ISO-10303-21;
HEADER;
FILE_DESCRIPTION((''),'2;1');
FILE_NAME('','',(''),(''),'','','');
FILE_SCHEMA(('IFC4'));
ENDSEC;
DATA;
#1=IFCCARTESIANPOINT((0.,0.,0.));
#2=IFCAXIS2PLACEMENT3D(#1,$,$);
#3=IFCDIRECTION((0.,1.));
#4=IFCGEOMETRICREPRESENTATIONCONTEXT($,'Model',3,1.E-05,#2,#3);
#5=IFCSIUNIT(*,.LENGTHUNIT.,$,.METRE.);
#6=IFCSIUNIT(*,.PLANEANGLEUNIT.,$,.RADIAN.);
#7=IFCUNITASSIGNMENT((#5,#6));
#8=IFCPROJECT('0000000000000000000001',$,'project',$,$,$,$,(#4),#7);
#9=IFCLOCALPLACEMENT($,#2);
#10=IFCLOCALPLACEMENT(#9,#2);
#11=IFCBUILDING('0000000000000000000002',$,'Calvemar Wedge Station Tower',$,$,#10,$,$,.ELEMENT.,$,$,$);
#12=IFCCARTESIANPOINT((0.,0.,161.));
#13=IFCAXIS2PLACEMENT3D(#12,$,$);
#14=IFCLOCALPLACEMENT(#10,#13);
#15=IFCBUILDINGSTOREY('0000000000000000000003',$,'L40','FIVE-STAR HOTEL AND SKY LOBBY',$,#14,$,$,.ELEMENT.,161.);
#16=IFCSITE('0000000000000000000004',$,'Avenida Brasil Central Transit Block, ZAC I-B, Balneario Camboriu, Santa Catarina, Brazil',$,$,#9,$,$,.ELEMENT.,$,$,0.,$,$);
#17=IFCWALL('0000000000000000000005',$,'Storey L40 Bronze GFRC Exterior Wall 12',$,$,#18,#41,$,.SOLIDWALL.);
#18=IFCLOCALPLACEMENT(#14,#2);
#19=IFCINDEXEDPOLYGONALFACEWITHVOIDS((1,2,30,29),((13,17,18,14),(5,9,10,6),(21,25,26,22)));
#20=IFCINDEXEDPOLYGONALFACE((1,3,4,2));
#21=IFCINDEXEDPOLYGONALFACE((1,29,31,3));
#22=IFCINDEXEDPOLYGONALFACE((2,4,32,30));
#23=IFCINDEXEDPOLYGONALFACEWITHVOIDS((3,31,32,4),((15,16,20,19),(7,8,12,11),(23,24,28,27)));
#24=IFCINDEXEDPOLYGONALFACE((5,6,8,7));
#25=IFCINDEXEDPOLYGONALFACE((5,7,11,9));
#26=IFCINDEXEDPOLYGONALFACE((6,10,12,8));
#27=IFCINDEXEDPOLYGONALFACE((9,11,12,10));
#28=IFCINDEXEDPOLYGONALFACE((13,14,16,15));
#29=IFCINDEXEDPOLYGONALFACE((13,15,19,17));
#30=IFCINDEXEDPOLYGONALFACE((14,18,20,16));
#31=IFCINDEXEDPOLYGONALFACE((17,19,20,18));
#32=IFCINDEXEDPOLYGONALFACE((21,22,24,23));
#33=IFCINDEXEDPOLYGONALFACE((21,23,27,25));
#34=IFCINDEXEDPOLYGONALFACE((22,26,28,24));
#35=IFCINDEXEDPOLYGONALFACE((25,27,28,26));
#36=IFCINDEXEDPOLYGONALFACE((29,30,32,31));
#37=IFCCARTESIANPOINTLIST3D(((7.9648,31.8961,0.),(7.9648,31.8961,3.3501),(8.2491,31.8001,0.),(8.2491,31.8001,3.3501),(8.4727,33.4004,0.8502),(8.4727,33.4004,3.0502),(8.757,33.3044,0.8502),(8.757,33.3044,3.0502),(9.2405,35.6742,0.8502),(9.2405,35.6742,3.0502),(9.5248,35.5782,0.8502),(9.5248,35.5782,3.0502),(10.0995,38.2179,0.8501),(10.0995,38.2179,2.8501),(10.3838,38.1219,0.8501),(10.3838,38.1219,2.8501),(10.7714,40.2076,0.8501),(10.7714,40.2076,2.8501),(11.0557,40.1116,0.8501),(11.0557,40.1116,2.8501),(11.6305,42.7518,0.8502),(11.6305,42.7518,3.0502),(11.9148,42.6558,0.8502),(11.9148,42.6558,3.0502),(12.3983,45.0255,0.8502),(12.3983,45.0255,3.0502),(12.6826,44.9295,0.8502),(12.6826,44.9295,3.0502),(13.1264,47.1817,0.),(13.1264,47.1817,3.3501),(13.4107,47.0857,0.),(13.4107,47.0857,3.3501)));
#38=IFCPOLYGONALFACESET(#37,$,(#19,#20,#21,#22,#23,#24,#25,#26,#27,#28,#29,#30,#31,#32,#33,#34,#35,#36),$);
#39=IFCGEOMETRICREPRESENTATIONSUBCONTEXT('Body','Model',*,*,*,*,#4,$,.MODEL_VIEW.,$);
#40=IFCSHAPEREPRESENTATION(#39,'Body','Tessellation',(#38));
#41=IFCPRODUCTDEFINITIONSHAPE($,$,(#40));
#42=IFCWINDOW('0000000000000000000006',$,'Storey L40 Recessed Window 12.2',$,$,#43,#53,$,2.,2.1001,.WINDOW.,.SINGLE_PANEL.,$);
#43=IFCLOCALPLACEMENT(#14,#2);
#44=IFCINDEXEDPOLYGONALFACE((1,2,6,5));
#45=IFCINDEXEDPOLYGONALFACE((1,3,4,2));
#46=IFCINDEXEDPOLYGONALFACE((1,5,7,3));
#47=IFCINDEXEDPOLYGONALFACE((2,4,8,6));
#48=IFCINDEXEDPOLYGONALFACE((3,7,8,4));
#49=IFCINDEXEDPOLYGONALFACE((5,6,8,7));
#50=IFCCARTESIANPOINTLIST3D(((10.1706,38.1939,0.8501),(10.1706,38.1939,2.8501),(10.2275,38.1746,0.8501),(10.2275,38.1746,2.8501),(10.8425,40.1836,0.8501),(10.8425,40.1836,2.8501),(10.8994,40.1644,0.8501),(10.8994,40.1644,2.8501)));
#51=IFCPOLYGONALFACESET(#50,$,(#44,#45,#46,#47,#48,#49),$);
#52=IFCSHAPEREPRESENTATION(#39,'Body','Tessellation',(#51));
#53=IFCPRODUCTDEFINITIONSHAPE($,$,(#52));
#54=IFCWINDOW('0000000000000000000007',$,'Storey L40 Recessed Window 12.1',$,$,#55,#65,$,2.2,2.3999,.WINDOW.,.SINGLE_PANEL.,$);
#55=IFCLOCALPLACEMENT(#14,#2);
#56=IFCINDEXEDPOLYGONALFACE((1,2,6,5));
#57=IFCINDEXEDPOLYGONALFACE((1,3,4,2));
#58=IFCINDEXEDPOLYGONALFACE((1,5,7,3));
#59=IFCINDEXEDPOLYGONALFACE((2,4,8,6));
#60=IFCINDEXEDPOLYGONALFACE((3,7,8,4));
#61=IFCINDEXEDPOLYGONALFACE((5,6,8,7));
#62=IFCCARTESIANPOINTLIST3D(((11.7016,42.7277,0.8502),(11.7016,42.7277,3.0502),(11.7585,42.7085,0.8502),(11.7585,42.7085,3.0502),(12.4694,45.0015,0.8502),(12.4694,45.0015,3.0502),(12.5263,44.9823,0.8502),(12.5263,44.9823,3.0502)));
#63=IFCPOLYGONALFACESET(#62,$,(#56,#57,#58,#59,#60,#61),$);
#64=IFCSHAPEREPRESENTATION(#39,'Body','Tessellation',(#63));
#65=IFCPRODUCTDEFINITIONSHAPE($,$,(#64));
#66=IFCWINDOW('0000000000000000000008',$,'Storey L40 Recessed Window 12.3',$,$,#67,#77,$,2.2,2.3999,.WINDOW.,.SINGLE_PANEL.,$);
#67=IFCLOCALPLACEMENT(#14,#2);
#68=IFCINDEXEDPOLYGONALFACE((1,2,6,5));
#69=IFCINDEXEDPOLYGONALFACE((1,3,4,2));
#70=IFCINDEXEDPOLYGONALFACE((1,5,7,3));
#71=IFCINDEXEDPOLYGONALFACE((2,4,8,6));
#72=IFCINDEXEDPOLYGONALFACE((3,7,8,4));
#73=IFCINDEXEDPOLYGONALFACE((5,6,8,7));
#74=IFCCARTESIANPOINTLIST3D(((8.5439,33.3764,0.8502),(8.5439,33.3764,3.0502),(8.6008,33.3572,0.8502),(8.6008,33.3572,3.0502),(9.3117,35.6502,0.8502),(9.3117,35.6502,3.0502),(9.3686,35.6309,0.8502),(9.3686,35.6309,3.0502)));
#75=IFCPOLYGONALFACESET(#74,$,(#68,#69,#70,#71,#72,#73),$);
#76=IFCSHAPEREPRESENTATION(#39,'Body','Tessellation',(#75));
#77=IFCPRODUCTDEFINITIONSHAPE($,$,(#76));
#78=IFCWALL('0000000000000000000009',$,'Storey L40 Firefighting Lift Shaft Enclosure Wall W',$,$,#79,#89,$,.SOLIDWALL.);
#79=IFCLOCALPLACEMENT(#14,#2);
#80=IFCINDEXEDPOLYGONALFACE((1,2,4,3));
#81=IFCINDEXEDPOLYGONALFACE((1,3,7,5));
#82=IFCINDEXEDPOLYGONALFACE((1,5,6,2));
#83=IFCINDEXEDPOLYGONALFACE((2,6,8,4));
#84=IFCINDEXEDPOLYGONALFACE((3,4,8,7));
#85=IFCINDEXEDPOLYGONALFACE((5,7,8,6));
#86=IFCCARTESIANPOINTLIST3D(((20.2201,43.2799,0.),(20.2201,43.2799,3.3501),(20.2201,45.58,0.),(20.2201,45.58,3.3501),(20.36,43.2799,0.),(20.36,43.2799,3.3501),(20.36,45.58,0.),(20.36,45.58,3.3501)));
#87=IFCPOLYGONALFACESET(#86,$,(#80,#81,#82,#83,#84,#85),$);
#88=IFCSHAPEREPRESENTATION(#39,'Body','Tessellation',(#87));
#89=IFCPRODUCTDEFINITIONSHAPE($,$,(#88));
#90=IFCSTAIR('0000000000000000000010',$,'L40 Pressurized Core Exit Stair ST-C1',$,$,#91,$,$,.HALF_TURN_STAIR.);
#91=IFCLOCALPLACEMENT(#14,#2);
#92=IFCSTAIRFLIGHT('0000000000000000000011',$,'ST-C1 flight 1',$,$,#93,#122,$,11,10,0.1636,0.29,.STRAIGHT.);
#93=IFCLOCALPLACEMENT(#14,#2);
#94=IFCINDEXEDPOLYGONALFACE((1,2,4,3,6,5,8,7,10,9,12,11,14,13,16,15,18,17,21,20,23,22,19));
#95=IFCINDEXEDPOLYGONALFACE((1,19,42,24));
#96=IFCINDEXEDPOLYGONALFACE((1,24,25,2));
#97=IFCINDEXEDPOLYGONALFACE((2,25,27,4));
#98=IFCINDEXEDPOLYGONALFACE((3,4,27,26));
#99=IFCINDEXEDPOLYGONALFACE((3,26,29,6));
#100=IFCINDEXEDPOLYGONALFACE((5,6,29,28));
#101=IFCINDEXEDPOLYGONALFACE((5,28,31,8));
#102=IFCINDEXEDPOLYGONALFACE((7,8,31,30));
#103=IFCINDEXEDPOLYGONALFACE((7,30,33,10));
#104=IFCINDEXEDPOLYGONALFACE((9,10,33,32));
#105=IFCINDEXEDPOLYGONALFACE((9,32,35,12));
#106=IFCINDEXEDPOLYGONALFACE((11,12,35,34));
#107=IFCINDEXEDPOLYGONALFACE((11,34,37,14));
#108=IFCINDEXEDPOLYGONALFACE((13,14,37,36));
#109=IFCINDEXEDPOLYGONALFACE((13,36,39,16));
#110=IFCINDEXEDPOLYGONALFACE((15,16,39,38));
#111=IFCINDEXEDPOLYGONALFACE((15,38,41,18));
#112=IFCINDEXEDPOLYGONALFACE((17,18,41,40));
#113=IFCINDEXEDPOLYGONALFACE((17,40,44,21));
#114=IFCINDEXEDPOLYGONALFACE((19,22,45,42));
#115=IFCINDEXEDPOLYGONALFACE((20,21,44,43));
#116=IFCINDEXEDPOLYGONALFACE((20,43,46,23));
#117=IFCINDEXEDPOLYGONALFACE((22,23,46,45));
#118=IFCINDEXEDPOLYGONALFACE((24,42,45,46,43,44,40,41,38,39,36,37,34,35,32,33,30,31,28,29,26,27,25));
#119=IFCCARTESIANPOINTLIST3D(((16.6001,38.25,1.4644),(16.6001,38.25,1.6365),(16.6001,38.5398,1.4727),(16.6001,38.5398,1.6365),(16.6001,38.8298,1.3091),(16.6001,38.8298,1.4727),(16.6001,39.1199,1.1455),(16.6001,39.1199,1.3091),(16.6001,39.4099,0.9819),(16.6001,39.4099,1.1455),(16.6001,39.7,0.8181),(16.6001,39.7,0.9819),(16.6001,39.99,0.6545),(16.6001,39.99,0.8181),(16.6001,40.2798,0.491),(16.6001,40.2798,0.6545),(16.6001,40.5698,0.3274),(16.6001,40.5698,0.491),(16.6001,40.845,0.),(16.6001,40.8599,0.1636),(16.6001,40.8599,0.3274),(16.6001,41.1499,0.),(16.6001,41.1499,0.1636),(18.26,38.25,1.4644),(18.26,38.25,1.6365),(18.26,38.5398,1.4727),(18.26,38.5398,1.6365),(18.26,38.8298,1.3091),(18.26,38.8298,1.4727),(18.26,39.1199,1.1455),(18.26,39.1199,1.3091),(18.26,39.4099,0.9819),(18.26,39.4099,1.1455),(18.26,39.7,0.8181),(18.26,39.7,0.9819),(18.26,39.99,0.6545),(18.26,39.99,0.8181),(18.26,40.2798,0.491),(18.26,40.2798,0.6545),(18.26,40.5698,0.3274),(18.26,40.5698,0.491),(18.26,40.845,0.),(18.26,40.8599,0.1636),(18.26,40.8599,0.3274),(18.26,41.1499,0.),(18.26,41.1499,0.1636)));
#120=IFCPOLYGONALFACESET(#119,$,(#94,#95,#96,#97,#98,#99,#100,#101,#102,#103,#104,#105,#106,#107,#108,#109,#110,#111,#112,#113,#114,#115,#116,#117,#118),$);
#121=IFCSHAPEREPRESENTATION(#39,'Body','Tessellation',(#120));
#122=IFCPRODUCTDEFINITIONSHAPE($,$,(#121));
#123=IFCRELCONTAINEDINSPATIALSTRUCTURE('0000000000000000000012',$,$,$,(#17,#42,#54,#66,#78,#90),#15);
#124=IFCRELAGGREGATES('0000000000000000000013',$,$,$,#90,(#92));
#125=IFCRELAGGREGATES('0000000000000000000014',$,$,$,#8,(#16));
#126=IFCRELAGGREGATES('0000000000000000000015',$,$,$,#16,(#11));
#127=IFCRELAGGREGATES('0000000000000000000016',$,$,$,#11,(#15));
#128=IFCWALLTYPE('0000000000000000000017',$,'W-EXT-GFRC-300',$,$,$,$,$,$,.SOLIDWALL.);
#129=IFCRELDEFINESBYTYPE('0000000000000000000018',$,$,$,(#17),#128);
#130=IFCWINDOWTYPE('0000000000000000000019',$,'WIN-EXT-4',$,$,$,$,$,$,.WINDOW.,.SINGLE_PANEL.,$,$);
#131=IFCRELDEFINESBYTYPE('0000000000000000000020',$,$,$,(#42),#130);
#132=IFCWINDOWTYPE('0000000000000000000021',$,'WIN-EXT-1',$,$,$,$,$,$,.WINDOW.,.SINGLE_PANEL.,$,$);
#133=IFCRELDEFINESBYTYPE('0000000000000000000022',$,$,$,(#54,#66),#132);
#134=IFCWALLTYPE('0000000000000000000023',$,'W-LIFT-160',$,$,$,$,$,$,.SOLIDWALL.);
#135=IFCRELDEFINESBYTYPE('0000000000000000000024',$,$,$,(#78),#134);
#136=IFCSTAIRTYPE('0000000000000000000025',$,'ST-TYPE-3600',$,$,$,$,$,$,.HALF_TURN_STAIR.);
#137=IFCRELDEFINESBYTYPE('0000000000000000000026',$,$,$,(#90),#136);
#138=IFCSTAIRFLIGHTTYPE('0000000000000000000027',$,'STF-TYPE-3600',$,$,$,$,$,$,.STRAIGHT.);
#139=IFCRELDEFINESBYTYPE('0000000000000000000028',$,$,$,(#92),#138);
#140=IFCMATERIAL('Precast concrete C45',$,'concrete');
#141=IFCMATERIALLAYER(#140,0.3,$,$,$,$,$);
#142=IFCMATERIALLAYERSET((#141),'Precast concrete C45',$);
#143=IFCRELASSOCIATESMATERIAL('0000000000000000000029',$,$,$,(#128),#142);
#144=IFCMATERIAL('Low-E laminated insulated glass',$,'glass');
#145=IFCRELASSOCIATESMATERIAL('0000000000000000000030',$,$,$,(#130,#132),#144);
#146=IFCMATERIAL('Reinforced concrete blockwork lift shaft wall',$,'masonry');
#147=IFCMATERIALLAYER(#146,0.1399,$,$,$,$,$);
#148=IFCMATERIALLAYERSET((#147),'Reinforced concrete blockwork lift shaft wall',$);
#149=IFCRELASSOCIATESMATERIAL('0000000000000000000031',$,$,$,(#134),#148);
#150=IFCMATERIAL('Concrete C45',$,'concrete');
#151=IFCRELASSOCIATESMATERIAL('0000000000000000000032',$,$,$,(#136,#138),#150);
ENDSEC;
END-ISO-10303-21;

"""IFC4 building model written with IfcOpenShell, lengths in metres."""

from ifc_helpers import new_model, si_unit, direction, frame, frame_2d, origin, place, context, subcontext, project, spatial, polyline, rectangle, outline, extrude, source, transform, mapped, material, layer, layer_set, type_object, element, fill, aggregate, save


model = new_model("IFC4")

# Units and contexts
model_context = context("Model", 3, precision=1e-05, world=origin(), true_north=direction((0.0, 1.0)))
body_context = subcontext(model_context, "Body", "Model", "MODEL_VIEW")
ifc_project = project(units=[si_unit("LENGTHUNIT", "METRE"), si_unit("PLANEANGLEUNIT", "RADIAN")], contexts=[model_context])

# Site, building, storey
site_placement = place(None, origin())
site = spatial("IfcSite", under=ifc_project, at=site_placement, Name="Avenida Brasil Central Transit Block, ZAC I-B, Balneario Camboriu, Santa Catarina, Brazil", CompositionType="ELEMENT", RefElevation=0.0)
building_placement = place(site_placement, origin())
building = spatial("IfcBuilding", under=site, at=building_placement, Name="Calvemar Wedge Station Tower", CompositionType="ELEMENT")
storey_placement = place(building_placement, frame((0.0, 0.0, 161.0)))
storey = spatial("IfcBuildingStorey", under=building, at=storey_placement, Name="L40", Description="FIVE-STAR HOTEL AND SKY LOBBY", CompositionType="ELEMENT", Elevation=161.0)

# Shared definitions
ifc_material_1 = material(Name="Precast concrete C45", Category="concrete")

# Wall, openings, windows
ifc_layer_1 = layer(ifc_material_1, 0.3)
ifc_layer_set_1 = layer_set([ifc_layer_1], Name="Precast concrete C45")
wall_type_1 = type_object("IfcWallType", Name="W-EXT-GFRC-300", PredefinedType="SOLIDWALL", material=ifc_layer_set_1)
shared_shape_1 = source(origin(), body_context, "Body", "SweptSolid", [
    extrude(rectangle(XDim=2.1001, YDim=2.0, at=frame_2d((1.05, 1.0))), frame((0.0, 0.1602, 0.0), z_axis=(0.0, -1.0, 0.0), x_axis=(1.0, 0.0, 0.0)), (0.0, 0.0, 1.0), 0.3201),
])
ifc_material_2 = material(Name="Low-E laminated insulated glass", Category="glass")
window_type_1 = type_object("IfcWindowType", Name="WIN-EXT-4", PartitioningType="SINGLE_PANEL", PredefinedType="WINDOW", material=ifc_material_2)
shared_shape_2 = source(origin(), body_context, "Body", "SweptSolid", [
    extrude(rectangle(XDim=2.1001, YDim=2.0, at=frame_2d((1.05, 1.0))), frame((0.0, -0.0149, 0.0), z_axis=(0.0, -1.0, 0.0), x_axis=(1.0, 0.0, 0.0)), (0.0, 0.0, 1.0), 0.0601),
])
wall_1_placement = place(storey_placement, frame((13.2686, 47.1338, 0.0), z_axis=(0.0, 0.0, 1.0), x_axis=(-0.31993, -0.947441, 0.0)))
wall_1 = element("IfcWall", 1, at=wall_1_placement, inside=storey, type_object=wall_type_1, Name="Storey L40 Bronze GFRC Exterior Wall 12", PredefinedType="SOLIDWALL", context=body_context, shape_type="SweptSolid", body=[
    extrude(rectangle(XDim=16.1335, YDim=0.3, at=frame_2d((8.0669, 0.0))), origin(), (0.0, 0.0, 1.0), 3.3501),
])
shared_shape_3 = source(origin(), body_context, "Body", "SweptSolid", [
    extrude(rectangle(XDim=2.3999, YDim=2.2, at=frame_2d((1.2, 1.1001))), frame((0.0, 0.1602, 0.0), z_axis=(0.0, -1.0, 0.0), x_axis=(1.0, 0.0, 0.0)), (0.0, 0.0, 1.0), 0.3201),
])
opening_1_placement = place(wall_1_placement, frame((2.2759, 0.0, 0.8501)))
opening_1 = element("IfcOpeningElement", 2, at=opening_1_placement, cuts=wall_1, PredefinedType="OPENING", context=body_context, shape_type="MappedRepresentation", body=[
    mapped(shared_shape_3, transform((0.0, 0.0, 0.0), scale=1.0)),
])
opening_2_placement = place(wall_1_placement, frame((7.3611, 0.0, 0.8501)))
opening_2 = element("IfcOpeningElement", 3, at=opening_2_placement, cuts=wall_1, PredefinedType="OPENING", context=body_context, shape_type="MappedRepresentation", body=[
    mapped(shared_shape_1, transform((0.0, 0.0, 0.0), scale=1.0)),
])
opening_3_placement = place(wall_1_placement, frame((12.146, 0.0, 0.8501)))
opening_3 = element("IfcOpeningElement", 4, at=opening_3_placement, cuts=wall_1, PredefinedType="OPENING", context=body_context, shape_type="MappedRepresentation", body=[
    mapped(shared_shape_3, transform((0.0, 0.0, 0.0), scale=1.0)),
])
window_1_placement = place(opening_2_placement, origin())
window_1 = element("IfcWindow", 5, at=window_1_placement, inside=storey, type_object=window_type_1, Name="Storey L40 Recessed Window 12.2", OverallHeight=2.0, OverallWidth=2.1001, PartitioningType="SINGLE_PANEL", PredefinedType="WINDOW", context=body_context, shape_type="MappedRepresentation", body=[
    mapped(shared_shape_2, transform((0.0, 0.0, 0.0), scale=1.0)),
])
fill(opening_2, window_1)
window_type_2 = type_object("IfcWindowType", Name="WIN-EXT-1", PartitioningType="SINGLE_PANEL", PredefinedType="WINDOW", material=ifc_material_2)
shared_shape_4 = source(origin(), body_context, "Body", "SweptSolid", [
    extrude(rectangle(XDim=2.3999, YDim=2.2, at=frame_2d((1.2, 1.1001))), frame((0.0, -0.0149, 0.0), z_axis=(0.0, -1.0, 0.0), x_axis=(1.0, 0.0, 0.0)), (0.0, 0.0, 1.0), 0.0601),
])
window_2_placement = place(opening_1_placement, origin())
window_2 = element("IfcWindow", 6, at=window_2_placement, inside=storey, type_object=window_type_2, Name="Storey L40 Recessed Window 12.1", OverallHeight=2.2, OverallWidth=2.3999, PartitioningType="SINGLE_PANEL", PredefinedType="WINDOW", context=body_context, shape_type="MappedRepresentation", body=[
    mapped(shared_shape_4, transform((0.0, 0.0, 0.0), scale=1.0)),
])
fill(opening_1, window_2)
window_3_placement = place(opening_3_placement, origin())
window_3 = element("IfcWindow", 7, at=window_3_placement, inside=storey, type_object=window_type_2, Name="Storey L40 Recessed Window 12.3", OverallHeight=2.2, OverallWidth=2.3999, PartitioningType="SINGLE_PANEL", PredefinedType="WINDOW", context=body_context, shape_type="MappedRepresentation", body=[
    mapped(shared_shape_4, transform((0.0, 0.0, 0.0), scale=1.0)),
])
fill(opening_3, window_3)

# Shared definitions
ifc_material_3 = material(Name="Reinforced concrete blockwork lift shaft wall", Category="masonry")
ifc_layer_2 = layer(ifc_material_3, 0.1399)
ifc_layer_set_2 = layer_set([ifc_layer_2], Name="Reinforced concrete blockwork lift shaft wall")
wall_type_2 = type_object("IfcWallType", Name="W-LIFT-160", PredefinedType="SOLIDWALL", material=ifc_layer_set_2)

# Wall
wall_2_placement = place(storey_placement, frame((20.29, 43.28, 0.0), z_axis=(0.0, 0.0, 1.0), x_axis=(0.0, 1.0, 0.0)))
element("IfcWall", 8, at=wall_2_placement, inside=storey, type_object=wall_type_2, Name="Storey L40 Firefighting Lift Shaft Enclosure Wall W", PredefinedType="SOLIDWALL", context=body_context, shape_type="SweptSolid", body=[
    extrude(rectangle(XDim=2.3, YDim=0.1399, at=frame_2d((1.1499, 0.0))), origin(), (0.0, 0.0, 1.0), 3.3501),
])

# Stair, stair flight
ifc_material_4 = material(Name="Concrete C45", Category="concrete")
stair_type = type_object("IfcStairType", Name="ST-TYPE-3600", PredefinedType="HALF_TURN_STAIR", material=ifc_material_4)
stair_placement = place(storey_placement, origin())
stair = element("IfcStair", 9, at=stair_placement, inside=storey, type_object=stair_type, Name="L40 Pressurized Core Exit Stair ST-C1", PredefinedType="HALF_TURN_STAIR")
stair_flight_type = type_object("IfcStairFlightType", Name="STF-TYPE-3600", PredefinedType="STRAIGHT", material=ifc_material_4)
stair_flight_placement = place(storey_placement, frame((17.4299, 41.1499, 0.0), z_axis=(0.0, 0.0, 1.0), x_axis=(0.0, -1.0, 0.0)))
stair_flight = element("IfcStairFlight", 10, at=stair_flight_placement, type_object=stair_flight_type, Name="ST-C1 flight 1", NumberOfRisers=11, NumberOfTreads=10, PredefinedType="STRAIGHT", RiserHeight=0.1636, TreadLength=0.29, context=body_context, shape_type="SweptSolid", body=[
    extrude(outline(polyline([(0.0, 0.0), (0.0, 0.1636), (0.29, 0.1636), (0.29, 0.3274), (0.5801, 0.3274), (0.5801, 0.491), (0.8701, 0.491), (0.8701, 0.6545), (1.1599, 0.6545), (1.1599, 0.8181), (1.45, 0.8181), (1.45, 0.9819), (1.74, 0.9819), (1.74, 1.1455), (2.03, 1.1455), (2.03, 1.3091), (2.3201, 1.3091), (2.3201, 1.4727), (2.6101, 1.4727), (2.6101, 1.6365), (2.8999, 1.6365), (2.8999, 1.8), (2.8999, 1.4644), (0.3049, 0.0), (0.0, 0.0)])), frame((0.0, 0.8301, 0.0), z_axis=(0.0, -1.0, 0.0), x_axis=(1.0, 0.0, 0.0)), (0.0, 0.0, 1.0), 1.6599),
])
aggregate(stair, [stair_flight])

save(model, "model.ifc")
